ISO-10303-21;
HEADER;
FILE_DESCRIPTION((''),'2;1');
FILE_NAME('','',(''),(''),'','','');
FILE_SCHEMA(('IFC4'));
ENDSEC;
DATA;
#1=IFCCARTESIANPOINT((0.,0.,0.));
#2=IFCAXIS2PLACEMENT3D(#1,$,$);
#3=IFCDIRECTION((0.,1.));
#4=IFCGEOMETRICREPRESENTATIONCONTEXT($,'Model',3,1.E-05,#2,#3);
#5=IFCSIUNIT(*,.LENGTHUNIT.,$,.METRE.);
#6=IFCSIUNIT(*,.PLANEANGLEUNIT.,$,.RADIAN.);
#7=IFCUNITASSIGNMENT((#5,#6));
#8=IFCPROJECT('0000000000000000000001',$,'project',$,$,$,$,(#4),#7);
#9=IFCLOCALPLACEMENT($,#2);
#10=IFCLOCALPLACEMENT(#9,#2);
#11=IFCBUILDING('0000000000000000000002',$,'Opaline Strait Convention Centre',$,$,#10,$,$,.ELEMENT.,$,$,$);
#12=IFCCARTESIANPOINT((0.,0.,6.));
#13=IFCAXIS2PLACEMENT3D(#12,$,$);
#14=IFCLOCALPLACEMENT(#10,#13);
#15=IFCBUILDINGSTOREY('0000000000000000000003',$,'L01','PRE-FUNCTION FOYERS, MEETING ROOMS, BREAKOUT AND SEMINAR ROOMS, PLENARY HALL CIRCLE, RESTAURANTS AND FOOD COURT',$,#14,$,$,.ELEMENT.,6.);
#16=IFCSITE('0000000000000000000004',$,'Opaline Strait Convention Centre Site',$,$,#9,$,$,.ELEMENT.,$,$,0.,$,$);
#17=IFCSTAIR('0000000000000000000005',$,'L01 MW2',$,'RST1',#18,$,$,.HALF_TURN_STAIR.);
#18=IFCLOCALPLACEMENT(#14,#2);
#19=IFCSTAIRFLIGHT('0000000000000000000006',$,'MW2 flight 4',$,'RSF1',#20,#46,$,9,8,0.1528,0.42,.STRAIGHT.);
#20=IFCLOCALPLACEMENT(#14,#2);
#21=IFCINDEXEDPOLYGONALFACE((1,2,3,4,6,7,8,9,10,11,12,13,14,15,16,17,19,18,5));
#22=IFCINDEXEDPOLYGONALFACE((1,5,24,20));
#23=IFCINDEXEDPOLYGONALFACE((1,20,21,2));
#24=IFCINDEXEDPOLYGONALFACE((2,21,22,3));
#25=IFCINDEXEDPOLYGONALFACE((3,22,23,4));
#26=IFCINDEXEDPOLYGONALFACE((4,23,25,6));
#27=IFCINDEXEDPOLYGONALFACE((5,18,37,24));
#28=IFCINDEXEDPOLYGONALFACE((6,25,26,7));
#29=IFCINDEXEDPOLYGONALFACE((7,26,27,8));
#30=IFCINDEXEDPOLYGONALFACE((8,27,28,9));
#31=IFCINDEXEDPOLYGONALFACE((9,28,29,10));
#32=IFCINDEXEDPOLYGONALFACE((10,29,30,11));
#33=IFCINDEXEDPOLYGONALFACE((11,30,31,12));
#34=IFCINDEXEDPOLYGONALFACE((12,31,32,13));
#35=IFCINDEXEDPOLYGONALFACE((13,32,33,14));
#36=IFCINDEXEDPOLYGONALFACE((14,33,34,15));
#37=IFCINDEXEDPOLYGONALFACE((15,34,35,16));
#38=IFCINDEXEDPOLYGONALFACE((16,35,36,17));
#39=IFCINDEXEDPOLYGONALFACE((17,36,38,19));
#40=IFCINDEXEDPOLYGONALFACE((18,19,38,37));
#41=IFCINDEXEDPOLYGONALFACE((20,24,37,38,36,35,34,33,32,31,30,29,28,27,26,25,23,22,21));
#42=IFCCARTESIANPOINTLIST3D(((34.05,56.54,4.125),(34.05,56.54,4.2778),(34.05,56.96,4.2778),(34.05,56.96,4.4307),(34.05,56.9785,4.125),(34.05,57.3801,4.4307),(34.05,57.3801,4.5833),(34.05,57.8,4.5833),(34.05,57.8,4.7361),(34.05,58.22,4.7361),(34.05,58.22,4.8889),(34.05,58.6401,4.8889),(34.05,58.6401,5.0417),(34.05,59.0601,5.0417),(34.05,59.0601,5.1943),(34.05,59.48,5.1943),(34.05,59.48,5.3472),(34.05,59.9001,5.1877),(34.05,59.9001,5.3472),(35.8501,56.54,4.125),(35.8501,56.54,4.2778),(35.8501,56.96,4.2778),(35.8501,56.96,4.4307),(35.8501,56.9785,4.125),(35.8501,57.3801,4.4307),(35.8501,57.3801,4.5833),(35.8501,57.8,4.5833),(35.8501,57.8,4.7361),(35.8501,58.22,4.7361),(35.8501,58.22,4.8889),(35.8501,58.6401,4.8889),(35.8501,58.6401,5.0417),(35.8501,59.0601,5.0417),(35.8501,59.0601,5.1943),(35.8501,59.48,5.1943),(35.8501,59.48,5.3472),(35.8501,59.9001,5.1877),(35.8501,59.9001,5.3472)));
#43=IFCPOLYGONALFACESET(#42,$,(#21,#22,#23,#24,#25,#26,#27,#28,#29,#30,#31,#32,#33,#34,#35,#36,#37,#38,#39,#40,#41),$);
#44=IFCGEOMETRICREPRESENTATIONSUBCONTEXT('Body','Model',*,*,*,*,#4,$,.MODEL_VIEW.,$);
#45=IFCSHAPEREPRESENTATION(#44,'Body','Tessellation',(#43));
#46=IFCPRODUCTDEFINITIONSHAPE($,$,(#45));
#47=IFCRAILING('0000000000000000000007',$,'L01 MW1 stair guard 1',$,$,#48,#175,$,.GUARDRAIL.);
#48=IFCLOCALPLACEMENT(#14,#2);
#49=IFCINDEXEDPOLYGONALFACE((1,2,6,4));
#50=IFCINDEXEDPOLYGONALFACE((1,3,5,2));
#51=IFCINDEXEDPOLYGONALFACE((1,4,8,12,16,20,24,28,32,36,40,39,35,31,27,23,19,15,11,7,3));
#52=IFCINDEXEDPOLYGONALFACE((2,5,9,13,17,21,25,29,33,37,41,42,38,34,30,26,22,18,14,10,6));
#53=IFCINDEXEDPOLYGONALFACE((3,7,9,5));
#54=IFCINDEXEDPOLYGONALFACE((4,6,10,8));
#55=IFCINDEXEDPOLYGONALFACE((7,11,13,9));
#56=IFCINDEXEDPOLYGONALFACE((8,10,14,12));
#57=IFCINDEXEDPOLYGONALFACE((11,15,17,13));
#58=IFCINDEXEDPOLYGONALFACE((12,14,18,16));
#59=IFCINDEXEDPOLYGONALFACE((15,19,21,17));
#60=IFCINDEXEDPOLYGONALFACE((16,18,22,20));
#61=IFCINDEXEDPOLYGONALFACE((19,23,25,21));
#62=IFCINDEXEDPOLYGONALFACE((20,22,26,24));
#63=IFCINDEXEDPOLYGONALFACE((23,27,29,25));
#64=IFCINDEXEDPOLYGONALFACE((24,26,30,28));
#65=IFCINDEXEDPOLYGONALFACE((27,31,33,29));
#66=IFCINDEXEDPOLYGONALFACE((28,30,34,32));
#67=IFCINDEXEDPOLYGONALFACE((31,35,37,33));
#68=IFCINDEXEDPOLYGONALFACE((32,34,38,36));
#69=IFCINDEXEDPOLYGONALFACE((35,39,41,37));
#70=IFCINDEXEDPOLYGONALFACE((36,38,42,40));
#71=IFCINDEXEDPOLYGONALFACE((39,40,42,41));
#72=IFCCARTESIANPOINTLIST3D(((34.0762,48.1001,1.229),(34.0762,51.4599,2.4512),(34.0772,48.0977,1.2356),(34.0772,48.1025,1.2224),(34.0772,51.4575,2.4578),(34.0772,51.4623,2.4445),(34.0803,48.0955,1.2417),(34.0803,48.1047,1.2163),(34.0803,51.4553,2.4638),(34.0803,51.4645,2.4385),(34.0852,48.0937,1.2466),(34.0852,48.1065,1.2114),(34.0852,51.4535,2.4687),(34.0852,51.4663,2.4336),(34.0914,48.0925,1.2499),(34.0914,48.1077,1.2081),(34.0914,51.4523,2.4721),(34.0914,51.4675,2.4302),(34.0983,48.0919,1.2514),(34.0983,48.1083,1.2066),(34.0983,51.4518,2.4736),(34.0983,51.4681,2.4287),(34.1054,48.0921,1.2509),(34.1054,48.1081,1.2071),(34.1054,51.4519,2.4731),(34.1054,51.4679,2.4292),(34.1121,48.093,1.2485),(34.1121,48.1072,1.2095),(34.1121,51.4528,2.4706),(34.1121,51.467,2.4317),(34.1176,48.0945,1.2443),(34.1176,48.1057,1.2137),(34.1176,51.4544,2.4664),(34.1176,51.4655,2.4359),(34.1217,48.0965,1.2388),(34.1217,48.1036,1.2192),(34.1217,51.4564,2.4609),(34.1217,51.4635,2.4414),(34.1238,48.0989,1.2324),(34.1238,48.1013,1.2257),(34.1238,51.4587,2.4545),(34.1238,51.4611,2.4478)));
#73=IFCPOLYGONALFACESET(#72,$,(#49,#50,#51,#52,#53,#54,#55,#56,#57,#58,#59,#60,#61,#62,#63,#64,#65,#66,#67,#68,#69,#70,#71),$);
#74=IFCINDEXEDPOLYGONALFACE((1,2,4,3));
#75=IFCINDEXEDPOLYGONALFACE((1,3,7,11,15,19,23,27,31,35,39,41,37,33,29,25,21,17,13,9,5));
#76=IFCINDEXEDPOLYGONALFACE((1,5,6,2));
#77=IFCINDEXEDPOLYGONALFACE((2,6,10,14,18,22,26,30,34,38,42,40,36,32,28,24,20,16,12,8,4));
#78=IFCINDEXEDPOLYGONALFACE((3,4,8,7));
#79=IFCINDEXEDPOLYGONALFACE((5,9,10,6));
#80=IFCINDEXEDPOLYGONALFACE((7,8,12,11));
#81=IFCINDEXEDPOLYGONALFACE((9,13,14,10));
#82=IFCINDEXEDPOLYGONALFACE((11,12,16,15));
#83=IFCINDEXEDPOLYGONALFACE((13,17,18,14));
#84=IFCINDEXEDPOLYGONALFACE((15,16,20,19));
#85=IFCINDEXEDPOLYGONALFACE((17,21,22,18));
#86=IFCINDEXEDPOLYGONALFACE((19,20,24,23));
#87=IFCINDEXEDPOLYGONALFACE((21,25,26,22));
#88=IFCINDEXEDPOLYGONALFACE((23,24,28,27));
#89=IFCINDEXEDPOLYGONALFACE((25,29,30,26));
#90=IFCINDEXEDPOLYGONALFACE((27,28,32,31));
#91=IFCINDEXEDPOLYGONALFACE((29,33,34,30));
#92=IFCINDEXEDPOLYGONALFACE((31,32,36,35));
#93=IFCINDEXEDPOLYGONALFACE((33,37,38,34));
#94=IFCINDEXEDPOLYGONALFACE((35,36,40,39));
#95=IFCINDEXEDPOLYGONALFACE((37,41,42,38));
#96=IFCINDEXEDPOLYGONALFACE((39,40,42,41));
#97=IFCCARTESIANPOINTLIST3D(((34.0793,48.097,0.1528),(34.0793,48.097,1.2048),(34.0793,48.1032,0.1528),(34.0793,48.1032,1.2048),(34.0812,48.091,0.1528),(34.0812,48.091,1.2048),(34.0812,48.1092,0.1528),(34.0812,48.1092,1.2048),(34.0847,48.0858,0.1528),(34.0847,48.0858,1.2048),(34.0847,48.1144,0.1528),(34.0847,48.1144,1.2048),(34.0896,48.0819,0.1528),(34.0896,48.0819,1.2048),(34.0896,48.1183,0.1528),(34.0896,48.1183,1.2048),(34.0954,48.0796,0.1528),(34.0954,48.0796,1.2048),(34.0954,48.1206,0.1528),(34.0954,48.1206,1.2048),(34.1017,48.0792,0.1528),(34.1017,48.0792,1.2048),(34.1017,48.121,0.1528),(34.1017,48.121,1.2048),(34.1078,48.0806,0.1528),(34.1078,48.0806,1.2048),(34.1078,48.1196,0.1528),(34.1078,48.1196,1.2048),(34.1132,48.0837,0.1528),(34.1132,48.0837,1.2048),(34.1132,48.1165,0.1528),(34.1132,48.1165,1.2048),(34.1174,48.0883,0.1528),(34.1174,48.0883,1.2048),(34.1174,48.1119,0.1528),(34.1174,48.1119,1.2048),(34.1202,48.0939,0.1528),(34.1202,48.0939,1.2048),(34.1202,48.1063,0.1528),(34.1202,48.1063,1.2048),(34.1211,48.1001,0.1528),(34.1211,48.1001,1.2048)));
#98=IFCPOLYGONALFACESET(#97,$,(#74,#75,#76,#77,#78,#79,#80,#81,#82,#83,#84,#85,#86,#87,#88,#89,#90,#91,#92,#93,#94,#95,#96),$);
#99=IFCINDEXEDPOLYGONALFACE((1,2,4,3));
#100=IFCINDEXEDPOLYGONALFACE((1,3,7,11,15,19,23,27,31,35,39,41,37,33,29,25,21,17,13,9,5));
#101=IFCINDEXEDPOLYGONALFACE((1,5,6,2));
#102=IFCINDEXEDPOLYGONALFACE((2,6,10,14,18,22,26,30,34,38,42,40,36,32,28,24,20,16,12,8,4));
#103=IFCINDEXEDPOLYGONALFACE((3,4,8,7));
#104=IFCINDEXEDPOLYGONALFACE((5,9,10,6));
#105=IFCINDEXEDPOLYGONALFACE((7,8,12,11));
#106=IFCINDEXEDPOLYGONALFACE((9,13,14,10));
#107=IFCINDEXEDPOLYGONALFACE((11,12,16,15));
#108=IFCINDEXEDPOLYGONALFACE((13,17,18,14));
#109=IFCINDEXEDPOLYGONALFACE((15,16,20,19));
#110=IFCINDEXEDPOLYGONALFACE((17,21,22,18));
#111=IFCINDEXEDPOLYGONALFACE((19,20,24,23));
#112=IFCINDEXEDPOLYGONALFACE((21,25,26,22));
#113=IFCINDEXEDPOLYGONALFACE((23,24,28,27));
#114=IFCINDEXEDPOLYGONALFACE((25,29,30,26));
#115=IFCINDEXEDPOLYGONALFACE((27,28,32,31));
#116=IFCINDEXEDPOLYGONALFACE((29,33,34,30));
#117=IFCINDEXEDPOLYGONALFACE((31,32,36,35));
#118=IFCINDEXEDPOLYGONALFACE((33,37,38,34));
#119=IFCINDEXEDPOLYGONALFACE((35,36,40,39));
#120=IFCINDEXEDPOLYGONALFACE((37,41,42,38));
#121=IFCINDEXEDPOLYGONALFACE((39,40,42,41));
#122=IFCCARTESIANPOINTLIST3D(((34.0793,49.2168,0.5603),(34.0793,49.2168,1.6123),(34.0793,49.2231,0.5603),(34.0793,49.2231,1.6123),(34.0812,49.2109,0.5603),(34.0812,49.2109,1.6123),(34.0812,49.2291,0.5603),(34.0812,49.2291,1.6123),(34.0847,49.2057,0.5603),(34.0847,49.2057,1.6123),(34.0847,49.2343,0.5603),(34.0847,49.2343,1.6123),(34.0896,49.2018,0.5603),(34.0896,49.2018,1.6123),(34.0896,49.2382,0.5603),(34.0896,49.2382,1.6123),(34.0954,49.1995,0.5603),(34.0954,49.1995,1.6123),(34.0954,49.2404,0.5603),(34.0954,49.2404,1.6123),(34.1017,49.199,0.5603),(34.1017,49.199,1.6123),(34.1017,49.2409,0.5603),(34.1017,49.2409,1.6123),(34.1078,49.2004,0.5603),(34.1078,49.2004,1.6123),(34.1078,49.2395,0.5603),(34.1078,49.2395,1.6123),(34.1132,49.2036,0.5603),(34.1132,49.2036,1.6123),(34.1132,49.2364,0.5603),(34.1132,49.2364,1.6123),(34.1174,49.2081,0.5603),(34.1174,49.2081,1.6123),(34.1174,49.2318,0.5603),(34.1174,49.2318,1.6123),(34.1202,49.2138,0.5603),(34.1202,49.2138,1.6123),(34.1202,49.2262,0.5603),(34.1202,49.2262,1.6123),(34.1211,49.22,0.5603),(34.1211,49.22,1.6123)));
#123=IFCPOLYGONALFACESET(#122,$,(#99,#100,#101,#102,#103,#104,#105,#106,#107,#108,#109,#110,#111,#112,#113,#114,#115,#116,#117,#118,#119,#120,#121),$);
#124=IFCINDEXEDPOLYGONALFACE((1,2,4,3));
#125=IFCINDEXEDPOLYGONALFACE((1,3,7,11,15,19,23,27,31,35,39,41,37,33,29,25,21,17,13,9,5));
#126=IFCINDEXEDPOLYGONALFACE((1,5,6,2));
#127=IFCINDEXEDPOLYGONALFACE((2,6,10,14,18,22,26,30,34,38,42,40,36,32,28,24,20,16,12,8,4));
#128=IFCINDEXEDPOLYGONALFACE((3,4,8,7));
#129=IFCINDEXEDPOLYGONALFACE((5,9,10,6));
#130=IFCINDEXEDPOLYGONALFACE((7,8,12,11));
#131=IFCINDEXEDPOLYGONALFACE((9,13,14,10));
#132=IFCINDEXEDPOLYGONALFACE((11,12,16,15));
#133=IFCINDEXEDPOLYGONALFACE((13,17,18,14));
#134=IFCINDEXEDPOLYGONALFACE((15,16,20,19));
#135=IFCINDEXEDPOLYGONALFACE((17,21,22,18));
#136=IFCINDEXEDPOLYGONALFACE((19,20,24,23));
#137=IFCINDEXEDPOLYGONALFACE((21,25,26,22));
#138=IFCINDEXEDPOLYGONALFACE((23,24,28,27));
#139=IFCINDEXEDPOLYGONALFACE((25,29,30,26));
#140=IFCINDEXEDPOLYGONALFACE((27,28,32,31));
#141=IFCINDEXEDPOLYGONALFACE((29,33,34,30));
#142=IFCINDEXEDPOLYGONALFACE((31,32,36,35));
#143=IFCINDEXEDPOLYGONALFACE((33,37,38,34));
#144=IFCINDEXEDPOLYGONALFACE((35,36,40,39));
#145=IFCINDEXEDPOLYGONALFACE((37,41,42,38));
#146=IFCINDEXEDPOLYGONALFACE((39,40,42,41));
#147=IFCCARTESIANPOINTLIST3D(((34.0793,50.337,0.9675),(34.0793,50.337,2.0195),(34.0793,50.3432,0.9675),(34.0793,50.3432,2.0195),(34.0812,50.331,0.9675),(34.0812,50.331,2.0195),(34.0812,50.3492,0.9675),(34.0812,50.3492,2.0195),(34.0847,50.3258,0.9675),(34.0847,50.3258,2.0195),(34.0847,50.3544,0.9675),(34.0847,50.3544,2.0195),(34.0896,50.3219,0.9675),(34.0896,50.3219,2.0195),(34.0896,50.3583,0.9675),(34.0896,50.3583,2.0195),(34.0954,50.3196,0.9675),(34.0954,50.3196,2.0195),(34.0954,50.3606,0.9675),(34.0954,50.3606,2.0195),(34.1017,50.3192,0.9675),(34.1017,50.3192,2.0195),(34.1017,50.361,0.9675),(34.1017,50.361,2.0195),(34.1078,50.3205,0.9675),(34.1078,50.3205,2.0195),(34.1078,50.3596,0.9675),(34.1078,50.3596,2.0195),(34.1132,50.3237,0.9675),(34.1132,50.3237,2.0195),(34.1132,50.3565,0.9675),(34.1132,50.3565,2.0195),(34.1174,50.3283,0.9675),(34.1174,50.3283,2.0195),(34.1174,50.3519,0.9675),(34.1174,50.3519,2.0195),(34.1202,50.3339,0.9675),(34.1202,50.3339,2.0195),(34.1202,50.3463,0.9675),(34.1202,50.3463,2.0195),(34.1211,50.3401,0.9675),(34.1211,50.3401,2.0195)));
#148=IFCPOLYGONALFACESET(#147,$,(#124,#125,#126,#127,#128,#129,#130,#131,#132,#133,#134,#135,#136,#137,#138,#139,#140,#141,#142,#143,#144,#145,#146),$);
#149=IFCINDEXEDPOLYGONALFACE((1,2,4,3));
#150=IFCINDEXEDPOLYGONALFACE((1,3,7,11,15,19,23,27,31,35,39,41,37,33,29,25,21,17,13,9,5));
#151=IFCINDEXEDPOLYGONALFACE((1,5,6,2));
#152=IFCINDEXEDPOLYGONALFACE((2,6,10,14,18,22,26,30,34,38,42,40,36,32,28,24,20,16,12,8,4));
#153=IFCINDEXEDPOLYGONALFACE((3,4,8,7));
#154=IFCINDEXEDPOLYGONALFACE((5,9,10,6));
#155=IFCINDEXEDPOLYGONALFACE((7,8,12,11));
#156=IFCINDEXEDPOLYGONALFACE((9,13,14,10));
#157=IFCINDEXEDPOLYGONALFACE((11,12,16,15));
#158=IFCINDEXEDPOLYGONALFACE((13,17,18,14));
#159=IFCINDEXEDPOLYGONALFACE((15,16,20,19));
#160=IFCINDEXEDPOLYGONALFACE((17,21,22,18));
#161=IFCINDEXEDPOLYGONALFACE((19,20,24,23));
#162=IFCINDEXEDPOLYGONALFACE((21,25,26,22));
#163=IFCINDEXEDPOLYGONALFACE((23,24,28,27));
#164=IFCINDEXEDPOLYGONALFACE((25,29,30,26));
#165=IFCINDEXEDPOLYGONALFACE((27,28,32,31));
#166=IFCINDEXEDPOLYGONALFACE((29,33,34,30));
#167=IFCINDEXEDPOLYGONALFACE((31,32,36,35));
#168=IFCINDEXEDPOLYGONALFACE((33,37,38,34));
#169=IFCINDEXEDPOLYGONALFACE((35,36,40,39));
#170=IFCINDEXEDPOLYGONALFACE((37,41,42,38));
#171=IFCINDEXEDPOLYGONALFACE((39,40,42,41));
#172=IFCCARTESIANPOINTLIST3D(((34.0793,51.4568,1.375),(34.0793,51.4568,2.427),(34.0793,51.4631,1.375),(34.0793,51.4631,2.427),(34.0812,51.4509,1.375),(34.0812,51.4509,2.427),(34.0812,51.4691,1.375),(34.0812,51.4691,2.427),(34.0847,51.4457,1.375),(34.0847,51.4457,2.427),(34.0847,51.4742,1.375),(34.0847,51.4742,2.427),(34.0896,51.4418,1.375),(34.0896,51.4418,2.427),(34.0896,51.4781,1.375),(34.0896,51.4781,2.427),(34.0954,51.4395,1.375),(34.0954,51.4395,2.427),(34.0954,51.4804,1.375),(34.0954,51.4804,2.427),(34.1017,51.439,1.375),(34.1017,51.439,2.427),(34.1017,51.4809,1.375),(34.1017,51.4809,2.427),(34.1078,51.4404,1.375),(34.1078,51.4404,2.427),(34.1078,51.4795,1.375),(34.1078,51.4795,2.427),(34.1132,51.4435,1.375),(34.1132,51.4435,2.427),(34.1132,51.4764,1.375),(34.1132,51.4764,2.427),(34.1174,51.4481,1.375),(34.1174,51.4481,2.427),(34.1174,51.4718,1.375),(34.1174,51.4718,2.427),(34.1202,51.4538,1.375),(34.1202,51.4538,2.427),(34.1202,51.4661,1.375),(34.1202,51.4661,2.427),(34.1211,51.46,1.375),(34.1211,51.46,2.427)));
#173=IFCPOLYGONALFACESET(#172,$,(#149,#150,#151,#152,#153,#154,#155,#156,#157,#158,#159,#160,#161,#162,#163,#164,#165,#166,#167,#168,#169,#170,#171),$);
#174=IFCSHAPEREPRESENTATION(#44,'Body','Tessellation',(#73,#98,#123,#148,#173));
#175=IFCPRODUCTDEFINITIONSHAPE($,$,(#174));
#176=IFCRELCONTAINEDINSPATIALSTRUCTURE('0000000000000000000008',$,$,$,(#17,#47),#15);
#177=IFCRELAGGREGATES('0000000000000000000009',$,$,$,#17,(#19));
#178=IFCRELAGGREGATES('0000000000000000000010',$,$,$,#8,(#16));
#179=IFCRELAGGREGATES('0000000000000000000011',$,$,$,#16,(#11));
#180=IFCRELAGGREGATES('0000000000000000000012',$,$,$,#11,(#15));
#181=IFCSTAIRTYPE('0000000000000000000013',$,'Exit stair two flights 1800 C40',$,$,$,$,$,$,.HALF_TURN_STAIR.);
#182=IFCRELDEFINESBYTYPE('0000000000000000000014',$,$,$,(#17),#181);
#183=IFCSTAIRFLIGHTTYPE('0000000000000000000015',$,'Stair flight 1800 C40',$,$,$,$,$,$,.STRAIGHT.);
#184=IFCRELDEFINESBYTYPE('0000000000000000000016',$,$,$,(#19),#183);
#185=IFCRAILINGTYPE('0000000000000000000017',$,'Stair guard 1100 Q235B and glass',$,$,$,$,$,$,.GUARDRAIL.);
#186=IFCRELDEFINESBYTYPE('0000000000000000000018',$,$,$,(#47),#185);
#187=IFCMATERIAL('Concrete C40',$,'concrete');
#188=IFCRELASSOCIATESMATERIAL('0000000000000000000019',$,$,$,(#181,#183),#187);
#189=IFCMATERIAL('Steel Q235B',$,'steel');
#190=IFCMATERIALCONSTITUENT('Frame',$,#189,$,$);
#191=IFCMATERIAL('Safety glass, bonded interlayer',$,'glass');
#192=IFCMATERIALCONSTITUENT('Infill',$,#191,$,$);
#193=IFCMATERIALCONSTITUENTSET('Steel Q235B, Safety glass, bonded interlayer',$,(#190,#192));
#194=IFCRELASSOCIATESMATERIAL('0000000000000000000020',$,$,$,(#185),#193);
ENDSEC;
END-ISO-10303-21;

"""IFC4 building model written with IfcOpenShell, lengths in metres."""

from ifc_helpers import new_model, si_unit, direction, frame, origin, origin_2d, place, context, subcontext, project, spatial, polyline, circle, outline, extrude, material, constituent, constituent_set, type_object, element, aggregate, save


model = new_model("IFC4")

# Units and contexts
model_context = context("Model", 3, precision=1e-05, world=origin(), true_north=direction((0.0, 1.0)))
body_context = subcontext(model_context, "Body", "Model", "MODEL_VIEW")
ifc_project = project(units=[si_unit("LENGTHUNIT", "METRE"), si_unit("PLANEANGLEUNIT", "RADIAN")], contexts=[model_context])

# Site, building, storey
site_placement = place(None, origin())
site = spatial("IfcSite", under=ifc_project, at=site_placement, Name="Opaline Strait Convention Centre Site", CompositionType="ELEMENT", RefElevation=0.0)
building_placement = place(site_placement, origin())
building = spatial("IfcBuilding", under=site, at=building_placement, Name="Opaline Strait Convention Centre", CompositionType="ELEMENT")
storey_placement = place(building_placement, frame((0.0, 0.0, 6.0)))
storey = spatial("IfcBuildingStorey", under=building, at=storey_placement, Name="L01", Description="PRE-FUNCTION FOYERS, MEETING ROOMS, BREAKOUT AND SEMINAR ROOMS, PLENARY HALL CIRCLE, RESTAURANTS AND FOOD COURT", CompositionType="ELEMENT", Elevation=6.0)

# Shared definitions
ifc_material_1 = material(Name="Concrete C40", Category="concrete")

# Stair, stair flight
stair_type = type_object("IfcStairType", Name="Exit stair two flights 1800 C40", PredefinedType="HALF_TURN_STAIR", material=ifc_material_1)
stair_flight_type = type_object("IfcStairFlightType", Name="Stair flight 1800 C40", PredefinedType="STRAIGHT", material=ifc_material_1)
stair_1_placement = place(storey_placement, origin())
stair_1 = element("IfcStair", 1, at=stair_1_placement, inside=storey, type_object=stair_type, Name="L01 MW2", ObjectType="RST1", PredefinedType="HALF_TURN_STAIR")
stair_flight_1_placement = place(storey_placement, frame((34.95, 56.54, 4.125), z_axis=(0.0, 0.0, 1.0), x_axis=(0.0, 1.0, 0.0)))
stair_flight_1 = element("IfcStairFlight", 2, at=stair_flight_1_placement, type_object=stair_flight_type, Name="MW2 flight 4", ObjectType="RSF1", NumberOfRisers=9, NumberOfTreads=8, PredefinedType="STRAIGHT", RiserHeight=0.1528, TreadLength=0.42, context=body_context, shape_type="SweptSolid", body=[
    extrude(outline(polyline([(0.0, 0.0), (0.0, 0.1528), (0.4199, 0.1528), (0.4199, 0.3057), (0.8401, 0.3057), (0.8401, 0.4583), (1.26, 0.4583), (1.26, 0.6111), (1.6799, 0.6111), (1.6799, 0.7639), (2.1001, 0.7639), (2.1001, 0.9167), (2.52, 0.9167), (2.52, 1.0693), (2.9399, 1.0693), (2.9399, 1.2222), (3.3601, 1.2222), (3.3601, 1.375), (3.3601, 1.0627), (0.4385, 0.0), (0.0, 0.0)])), frame((0.0, 0.8999, 0.0), z_axis=(0.0, -1.0, 0.0), x_axis=(1.0, 0.0, 0.0)), (0.0, 0.0, 1.0), 1.8),
])
aggregate(stair_1, [stair_flight_1])

# Railing
ifc_material_2 = material(Name="Steel Q235B", Category="steel")
ifc_constituent_1 = constituent(ifc_material_2, Name="Frame")
ifc_material_3 = material(Name="Safety glass, bonded interlayer", Category="glass")
ifc_constituent_2 = constituent(ifc_material_3, Name="Infill")
ifc_constituent_set = constituent_set(constituents=[ifc_constituent_1, ifc_constituent_2], Name="Steel Q235B, Safety glass, bonded interlayer")
railing_type_1 = type_object("IfcRailingType", Name="Stair guard 1100 Q235B and glass", PredefinedType="GUARDRAIL", material=ifc_constituent_set)
railing_1_placement = place(storey_placement, frame((34.1001, 48.1001, 0.1528)))
element("IfcRailing", 3, at=railing_1_placement, inside=storey, type_object=railing_type_1, Name="L01 MW1 stair guard 1", PredefinedType="GUARDRAIL", context=body_context, shape_type="SweptSolid", body=[
    extrude(circle(Radius=0.0239, at=origin_2d()), frame((0.0, 0.0, 1.0762), z_axis=(0.0, 0.939758, 0.341842), x_axis=(-1.0, 0.0, 0.0)), (0.0, 0.0, 1.0), 3.5752),
    extrude(circle(Radius=0.021, at=origin_2d()), origin(), (0.0, 0.0, 1.0), 1.052),
    extrude(circle(Radius=0.021, at=origin_2d()), frame((0.0, 1.1199, 0.4075)), (0.0, 0.0, 1.0), 1.052),
    extrude(circle(Radius=0.021, at=origin_2d()), frame((0.0, 2.24, 0.8147)), (0.0, 0.0, 1.0), 1.052),
    extrude(circle(Radius=0.021, at=origin_2d()), frame((0.0, 3.3599, 1.2222)), (0.0, 0.0, 1.0), 1.052),
])

save(model, "model.ifc")
